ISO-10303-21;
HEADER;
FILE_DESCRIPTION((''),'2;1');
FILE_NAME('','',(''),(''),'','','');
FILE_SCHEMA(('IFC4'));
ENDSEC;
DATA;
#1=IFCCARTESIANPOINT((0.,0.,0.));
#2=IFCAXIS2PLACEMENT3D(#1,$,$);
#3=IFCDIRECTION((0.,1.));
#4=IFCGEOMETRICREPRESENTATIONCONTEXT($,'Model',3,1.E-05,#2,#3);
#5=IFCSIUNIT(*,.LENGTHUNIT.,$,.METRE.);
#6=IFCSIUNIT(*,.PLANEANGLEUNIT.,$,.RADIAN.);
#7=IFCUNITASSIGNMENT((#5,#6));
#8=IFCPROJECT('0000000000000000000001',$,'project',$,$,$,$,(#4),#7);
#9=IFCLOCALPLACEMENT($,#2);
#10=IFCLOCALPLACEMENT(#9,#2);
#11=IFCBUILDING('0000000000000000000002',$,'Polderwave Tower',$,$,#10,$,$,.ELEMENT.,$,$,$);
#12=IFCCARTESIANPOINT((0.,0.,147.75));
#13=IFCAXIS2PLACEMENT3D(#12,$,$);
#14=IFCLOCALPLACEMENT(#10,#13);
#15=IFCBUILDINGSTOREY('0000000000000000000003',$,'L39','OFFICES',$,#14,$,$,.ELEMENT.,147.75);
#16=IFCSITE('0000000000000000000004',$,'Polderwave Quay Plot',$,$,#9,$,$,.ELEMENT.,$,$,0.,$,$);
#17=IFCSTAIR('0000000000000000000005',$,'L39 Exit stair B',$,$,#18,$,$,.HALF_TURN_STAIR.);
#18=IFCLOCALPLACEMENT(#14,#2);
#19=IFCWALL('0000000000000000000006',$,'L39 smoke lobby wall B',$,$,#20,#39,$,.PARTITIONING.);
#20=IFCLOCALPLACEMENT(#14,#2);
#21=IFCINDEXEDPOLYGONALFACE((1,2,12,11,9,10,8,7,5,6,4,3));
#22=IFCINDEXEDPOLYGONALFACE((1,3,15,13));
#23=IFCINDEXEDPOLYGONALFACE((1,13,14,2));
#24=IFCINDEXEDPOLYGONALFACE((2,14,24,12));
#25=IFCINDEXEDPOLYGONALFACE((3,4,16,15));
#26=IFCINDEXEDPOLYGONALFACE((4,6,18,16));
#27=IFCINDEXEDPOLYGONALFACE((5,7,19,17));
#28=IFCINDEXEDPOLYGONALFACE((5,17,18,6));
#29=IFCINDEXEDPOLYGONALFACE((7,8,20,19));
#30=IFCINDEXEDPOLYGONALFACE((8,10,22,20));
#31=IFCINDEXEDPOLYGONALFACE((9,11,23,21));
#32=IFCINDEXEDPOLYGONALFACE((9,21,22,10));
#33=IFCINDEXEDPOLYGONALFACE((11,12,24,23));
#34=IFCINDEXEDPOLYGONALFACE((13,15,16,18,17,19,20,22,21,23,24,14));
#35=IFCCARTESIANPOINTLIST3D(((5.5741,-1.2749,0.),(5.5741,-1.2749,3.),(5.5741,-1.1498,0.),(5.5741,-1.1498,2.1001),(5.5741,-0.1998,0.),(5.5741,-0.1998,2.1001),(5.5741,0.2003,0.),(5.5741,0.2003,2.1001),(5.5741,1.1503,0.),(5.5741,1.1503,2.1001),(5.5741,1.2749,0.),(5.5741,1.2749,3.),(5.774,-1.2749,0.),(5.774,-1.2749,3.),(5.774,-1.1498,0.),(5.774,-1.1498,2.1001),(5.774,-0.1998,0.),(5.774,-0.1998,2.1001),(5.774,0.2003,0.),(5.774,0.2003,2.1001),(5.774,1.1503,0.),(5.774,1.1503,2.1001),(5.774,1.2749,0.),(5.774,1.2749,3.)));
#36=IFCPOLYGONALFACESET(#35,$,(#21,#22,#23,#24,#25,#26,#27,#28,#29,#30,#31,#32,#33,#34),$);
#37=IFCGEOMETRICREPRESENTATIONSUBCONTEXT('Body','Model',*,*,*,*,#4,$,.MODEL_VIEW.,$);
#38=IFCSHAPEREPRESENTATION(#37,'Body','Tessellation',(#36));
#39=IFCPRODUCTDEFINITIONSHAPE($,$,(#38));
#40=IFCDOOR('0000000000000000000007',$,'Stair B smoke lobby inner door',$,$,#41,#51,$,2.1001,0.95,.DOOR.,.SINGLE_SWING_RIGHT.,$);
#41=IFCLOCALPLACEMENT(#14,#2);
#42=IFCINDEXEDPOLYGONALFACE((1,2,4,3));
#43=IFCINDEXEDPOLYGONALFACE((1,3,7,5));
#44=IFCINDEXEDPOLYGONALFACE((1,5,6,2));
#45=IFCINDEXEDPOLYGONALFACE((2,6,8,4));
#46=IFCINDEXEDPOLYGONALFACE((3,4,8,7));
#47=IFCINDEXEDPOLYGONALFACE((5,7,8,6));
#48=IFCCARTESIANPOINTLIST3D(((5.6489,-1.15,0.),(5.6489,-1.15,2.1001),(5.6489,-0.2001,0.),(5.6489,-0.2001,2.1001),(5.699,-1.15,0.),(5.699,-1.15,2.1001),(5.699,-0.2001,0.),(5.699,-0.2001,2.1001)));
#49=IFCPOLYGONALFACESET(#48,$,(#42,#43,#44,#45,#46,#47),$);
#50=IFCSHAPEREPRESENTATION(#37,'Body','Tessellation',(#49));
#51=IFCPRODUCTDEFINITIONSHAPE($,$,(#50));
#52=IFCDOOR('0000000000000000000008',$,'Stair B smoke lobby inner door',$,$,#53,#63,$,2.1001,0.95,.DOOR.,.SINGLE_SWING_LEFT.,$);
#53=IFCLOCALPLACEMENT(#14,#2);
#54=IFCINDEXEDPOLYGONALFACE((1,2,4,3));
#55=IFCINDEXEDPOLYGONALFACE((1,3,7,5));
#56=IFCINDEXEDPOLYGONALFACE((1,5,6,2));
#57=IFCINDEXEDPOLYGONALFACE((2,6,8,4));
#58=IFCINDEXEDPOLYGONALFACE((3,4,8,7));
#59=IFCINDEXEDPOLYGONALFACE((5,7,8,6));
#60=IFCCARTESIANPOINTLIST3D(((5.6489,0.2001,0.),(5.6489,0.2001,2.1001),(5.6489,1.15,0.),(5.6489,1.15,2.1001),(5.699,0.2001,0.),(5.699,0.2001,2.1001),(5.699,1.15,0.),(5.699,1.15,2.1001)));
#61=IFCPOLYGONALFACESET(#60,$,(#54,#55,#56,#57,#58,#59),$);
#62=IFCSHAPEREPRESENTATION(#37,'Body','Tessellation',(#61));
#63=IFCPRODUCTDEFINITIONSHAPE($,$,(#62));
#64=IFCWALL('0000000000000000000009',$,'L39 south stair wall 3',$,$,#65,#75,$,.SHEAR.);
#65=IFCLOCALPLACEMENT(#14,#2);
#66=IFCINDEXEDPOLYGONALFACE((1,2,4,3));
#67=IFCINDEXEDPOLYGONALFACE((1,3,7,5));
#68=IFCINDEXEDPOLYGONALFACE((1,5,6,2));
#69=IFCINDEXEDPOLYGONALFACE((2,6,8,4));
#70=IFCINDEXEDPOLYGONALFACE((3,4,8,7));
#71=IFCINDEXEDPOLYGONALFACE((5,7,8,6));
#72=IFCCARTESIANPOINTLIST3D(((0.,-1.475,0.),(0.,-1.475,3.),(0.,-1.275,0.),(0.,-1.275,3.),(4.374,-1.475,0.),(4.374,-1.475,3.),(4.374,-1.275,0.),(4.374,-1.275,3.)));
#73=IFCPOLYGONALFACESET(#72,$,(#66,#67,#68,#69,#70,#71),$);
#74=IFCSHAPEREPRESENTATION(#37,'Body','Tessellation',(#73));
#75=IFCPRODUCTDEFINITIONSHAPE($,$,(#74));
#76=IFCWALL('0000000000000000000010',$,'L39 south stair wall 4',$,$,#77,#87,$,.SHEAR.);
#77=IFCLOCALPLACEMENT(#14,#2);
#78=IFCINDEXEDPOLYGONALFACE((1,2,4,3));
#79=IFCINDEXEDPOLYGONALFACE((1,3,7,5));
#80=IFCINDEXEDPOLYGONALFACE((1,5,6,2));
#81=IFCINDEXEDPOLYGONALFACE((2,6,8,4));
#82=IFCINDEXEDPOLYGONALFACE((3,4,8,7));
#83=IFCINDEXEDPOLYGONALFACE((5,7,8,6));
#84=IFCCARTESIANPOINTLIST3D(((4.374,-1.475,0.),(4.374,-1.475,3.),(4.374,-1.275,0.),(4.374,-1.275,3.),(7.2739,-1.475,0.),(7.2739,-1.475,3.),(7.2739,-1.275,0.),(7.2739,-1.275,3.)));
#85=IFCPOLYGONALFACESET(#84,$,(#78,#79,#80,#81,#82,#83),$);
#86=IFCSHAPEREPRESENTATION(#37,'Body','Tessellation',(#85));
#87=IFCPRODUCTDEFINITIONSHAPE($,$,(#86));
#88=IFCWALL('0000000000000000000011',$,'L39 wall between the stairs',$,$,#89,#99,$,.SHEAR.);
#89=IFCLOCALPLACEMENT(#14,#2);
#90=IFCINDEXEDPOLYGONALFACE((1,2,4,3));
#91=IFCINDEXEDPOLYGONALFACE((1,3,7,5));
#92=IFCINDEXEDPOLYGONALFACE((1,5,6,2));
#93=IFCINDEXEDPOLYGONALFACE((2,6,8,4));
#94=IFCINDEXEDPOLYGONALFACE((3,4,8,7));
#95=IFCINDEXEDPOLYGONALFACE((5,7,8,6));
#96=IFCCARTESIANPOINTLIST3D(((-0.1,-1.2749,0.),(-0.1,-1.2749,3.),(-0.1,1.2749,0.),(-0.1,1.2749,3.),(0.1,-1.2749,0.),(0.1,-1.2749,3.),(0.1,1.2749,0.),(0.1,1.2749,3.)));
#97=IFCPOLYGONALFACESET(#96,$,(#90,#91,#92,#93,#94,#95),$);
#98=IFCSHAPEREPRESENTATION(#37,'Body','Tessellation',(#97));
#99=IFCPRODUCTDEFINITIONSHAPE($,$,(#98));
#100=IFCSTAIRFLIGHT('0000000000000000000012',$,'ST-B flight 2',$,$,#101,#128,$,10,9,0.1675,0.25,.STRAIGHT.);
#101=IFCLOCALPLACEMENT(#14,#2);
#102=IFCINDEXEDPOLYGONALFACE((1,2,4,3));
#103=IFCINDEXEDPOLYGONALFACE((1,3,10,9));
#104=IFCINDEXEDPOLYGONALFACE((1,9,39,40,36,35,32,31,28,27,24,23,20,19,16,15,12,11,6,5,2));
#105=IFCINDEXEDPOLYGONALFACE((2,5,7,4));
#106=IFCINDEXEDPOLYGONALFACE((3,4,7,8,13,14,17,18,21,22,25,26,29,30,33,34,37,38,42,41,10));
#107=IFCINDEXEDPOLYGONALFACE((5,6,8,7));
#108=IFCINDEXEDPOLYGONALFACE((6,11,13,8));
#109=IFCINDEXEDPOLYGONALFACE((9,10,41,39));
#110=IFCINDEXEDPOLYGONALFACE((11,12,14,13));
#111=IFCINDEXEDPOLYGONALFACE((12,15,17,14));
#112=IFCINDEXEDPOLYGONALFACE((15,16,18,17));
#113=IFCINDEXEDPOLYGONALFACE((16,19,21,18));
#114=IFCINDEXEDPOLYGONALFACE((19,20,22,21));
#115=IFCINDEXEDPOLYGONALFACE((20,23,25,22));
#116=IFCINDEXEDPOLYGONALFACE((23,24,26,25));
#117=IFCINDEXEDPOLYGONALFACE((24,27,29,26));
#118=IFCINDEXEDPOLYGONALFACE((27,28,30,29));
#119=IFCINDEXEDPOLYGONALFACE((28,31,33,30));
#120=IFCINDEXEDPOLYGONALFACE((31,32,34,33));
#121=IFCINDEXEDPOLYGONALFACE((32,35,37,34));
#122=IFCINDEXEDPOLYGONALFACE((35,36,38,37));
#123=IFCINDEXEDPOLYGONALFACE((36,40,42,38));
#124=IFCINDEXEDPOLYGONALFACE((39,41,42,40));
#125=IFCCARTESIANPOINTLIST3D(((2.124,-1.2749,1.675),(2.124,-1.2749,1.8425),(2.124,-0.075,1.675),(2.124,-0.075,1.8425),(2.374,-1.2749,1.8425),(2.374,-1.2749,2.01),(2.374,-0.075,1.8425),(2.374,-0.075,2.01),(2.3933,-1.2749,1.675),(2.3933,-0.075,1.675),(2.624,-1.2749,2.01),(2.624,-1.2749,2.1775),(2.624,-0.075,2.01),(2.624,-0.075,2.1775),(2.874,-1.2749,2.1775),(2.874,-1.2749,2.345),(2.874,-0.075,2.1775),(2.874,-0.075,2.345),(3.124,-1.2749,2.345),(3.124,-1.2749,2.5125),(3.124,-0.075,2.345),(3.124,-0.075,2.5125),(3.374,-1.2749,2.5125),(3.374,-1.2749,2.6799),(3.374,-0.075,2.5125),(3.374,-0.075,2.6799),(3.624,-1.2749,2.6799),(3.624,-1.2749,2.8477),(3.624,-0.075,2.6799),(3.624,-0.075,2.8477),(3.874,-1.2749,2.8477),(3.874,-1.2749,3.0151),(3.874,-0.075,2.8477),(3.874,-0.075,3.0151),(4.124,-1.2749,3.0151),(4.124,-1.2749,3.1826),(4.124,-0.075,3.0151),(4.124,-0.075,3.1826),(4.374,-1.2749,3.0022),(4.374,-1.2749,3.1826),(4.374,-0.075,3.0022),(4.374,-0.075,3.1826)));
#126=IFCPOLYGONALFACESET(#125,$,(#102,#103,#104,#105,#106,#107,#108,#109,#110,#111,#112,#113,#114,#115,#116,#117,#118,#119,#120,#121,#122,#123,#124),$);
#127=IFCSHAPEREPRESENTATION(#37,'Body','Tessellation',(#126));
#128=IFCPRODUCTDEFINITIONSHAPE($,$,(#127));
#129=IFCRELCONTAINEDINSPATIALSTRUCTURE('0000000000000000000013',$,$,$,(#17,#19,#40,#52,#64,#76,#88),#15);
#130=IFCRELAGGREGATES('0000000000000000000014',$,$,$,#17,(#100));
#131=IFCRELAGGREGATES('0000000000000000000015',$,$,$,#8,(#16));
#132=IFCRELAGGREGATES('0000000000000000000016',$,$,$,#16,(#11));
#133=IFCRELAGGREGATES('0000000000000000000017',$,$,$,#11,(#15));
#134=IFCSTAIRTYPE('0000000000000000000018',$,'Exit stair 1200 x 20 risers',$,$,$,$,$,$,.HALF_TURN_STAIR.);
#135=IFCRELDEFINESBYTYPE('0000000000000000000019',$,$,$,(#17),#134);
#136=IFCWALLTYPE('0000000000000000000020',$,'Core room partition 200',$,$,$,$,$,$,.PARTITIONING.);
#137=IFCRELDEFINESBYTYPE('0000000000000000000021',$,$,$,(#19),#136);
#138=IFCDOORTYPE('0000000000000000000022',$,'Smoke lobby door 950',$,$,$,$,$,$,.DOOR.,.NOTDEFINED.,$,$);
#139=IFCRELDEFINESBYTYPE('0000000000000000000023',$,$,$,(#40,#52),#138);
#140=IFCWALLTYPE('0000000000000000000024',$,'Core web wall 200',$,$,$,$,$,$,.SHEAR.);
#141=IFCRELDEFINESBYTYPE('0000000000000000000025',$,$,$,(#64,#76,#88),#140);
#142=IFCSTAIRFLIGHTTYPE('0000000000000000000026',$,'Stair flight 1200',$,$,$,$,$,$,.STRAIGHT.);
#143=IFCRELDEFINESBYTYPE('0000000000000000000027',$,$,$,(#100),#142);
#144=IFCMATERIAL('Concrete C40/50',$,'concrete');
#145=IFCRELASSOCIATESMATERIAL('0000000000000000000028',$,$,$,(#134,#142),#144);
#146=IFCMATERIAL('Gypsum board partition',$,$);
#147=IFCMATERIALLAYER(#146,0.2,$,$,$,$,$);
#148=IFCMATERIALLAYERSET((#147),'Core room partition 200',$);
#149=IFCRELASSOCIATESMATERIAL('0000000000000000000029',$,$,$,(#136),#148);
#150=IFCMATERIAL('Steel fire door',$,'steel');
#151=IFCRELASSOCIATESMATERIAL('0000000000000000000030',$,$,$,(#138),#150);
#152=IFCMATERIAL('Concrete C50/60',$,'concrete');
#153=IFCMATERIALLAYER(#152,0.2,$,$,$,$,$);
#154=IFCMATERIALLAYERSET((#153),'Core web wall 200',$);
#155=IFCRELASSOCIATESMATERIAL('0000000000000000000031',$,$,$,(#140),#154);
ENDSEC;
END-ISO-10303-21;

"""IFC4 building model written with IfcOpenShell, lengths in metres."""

from ifc_helpers import new_model, si_unit, direction, frame, frame_2d, origin, place, context, subcontext, project, spatial, polyline, rectangle, outline, extrude, material, layer, layer_set, type_object, element, fill, aggregate, save


model = new_model("IFC4")

# Units and contexts
model_context = context("Model", 3, precision=1e-05, world=origin(), true_north=direction((0.0, 1.0)))
body_context = subcontext(model_context, "Body", "Model", "MODEL_VIEW")
ifc_project = project(units=[si_unit("LENGTHUNIT", "METRE"), si_unit("PLANEANGLEUNIT", "RADIAN")], contexts=[model_context])

# Site, building, storey
site_placement = place(None, origin())
site = spatial("IfcSite", under=ifc_project, at=site_placement, Name="Polderwave Quay Plot", CompositionType="ELEMENT", RefElevation=0.0)
building_placement = place(site_placement, origin())
building = spatial("IfcBuilding", under=site, at=building_placement, Name="Polderwave Tower", CompositionType="ELEMENT")
storey_placement = place(building_placement, frame((0.0, 0.0, 147.75)))
storey = spatial("IfcBuildingStorey", under=building, at=storey_placement, Name="L39", Description="OFFICES", CompositionType="ELEMENT", Elevation=147.75)

# Shared definitions
ifc_material_1 = material(Name="Concrete C40/50", Category="concrete")

# Stair
stair_type = type_object("IfcStairType", Name="Exit stair 1200 x 20 risers", PredefinedType="HALF_TURN_STAIR", material=ifc_material_1)
stair_1_placement = place(storey_placement, origin())
stair_1 = element("IfcStair", 1, at=stair_1_placement, inside=storey, type_object=stair_type, Name="L39 Exit stair B", PredefinedType="HALF_TURN_STAIR")

# Wall, openings, doors
ifc_material_2 = material(Name="Gypsum board partition")
ifc_layer_1 = layer(ifc_material_2, 0.2)
ifc_layer_set_1 = layer_set([ifc_layer_1], Name="Core room partition 200")
wall_type_1 = type_object("IfcWallType", Name="Core room partition 200", PredefinedType="PARTITIONING", material=ifc_layer_set_1)
wall_1_placement = place(storey_placement, frame((5.6741, -1.2749, 0.0), z_axis=(0.0, 0.0, 1.0), x_axis=(0.0, 1.0, 0.0)))
wall_1 = element("IfcWall", 2, at=wall_1_placement, inside=storey, type_object=wall_type_1, Name="L39 smoke lobby wall B", PredefinedType="PARTITIONING", context=body_context, shape_type="SweptSolid", body=[
    extrude(rectangle(XDim=2.5498, YDim=0.2, at=frame_2d((1.2749, 0.0))), origin(), (0.0, 0.0, 1.0), 3.0),
])
opening_1_placement = place(wall_1_placement, frame((0.125, 0.0, 0.0)))
opening_1 = element("IfcOpeningElement", 3, at=opening_1_placement, cuts=wall_1, PredefinedType="OPENING", context=body_context, shape_type="SweptSolid", body=[
    extrude(rectangle(XDim=0.95, YDim=2.1001, at=frame_2d((0.4751, 1.05))), frame((0.0, 0.1099, 0.0), z_axis=(0.0, -1.0, 0.0), x_axis=(1.0, 0.0, 0.0)), (0.0, 0.0, 1.0), 0.22),
])
opening_2_placement = place(wall_1_placement, frame((1.4751, 0.0, 0.0)))
opening_2 = element("IfcOpeningElement", 4, at=opening_2_placement, cuts=wall_1, PredefinedType="OPENING", context=body_context, shape_type="SweptSolid", body=[
    extrude(rectangle(XDim=0.95, YDim=2.1001, at=frame_2d((0.4751, 1.05))), frame((0.0, 0.1099, 0.0), z_axis=(0.0, -1.0, 0.0), x_axis=(1.0, 0.0, 0.0)), (0.0, 0.0, 1.0), 0.22),
])
ifc_material_3 = material(Name="Steel fire door", Category="steel")
door_type = type_object("IfcDoorType", Name="Smoke lobby door 950", OperationType="NOTDEFINED", PredefinedType="DOOR", material=ifc_material_3)
door_1_placement = place(opening_1_placement, frame((0.95, 0.0, 0.0), z_axis=(0.0, 0.0, 1.0), x_axis=(-1.0, 0.0, 0.0)))
door_1 = element("IfcDoor", 5, at=door_1_placement, inside=storey, type_object=door_type, Name="Stair B smoke lobby inner door", OperationType="SINGLE_SWING_RIGHT", OverallHeight=2.1001, OverallWidth=0.95, PredefinedType="DOOR", context=body_context, shape_type="SweptSolid", body=[
    extrude(rectangle(XDim=0.95, YDim=2.1001, at=frame_2d((0.4751, 1.05))), frame((0.0, 0.0249, 0.0), z_axis=(0.0, -1.0, 0.0), x_axis=(1.0, 0.0, 0.0)), (0.0, 0.0, 1.0), 0.05),
])
fill(opening_1, door_1)
door_2_placement = place(opening_2_placement, frame((0.95, 0.0, 0.0), z_axis=(0.0, 0.0, 1.0), x_axis=(-1.0, 0.0, 0.0)))
door_2 = element("IfcDoor", 6, at=door_2_placement, inside=storey, type_object=door_type, Name="Stair B smoke lobby inner door", OperationType="SINGLE_SWING_LEFT", OverallHeight=2.1001, OverallWidth=0.95, PredefinedType="DOOR", context=body_context, shape_type="SweptSolid", body=[
    extrude(rectangle(XDim=0.95, YDim=2.1001, at=frame_2d((0.4751, 1.05))), frame((0.0, 0.0249, 0.0), z_axis=(0.0, -1.0, 0.0), x_axis=(1.0, 0.0, 0.0)), (0.0, 0.0, 1.0), 0.05),
])
fill(opening_2, door_2)

# Walls
ifc_material_4 = material(Name="Concrete C50/60", Category="concrete")
ifc_layer_2 = layer(ifc_material_4, 0.2)
ifc_layer_set_2 = layer_set([ifc_layer_2], Name="Core web wall 200")
wall_type_2 = type_object("IfcWallType", Name="Core web wall 200", PredefinedType="SHEAR", material=ifc_layer_set_2)
wall_2_placement = place(storey_placement, frame((0.0, -1.375, 0.0), z_axis=(0.0, 0.0, 1.0), x_axis=(1.0, 0.0, 0.0)))
element("IfcWall", 7, at=wall_2_placement, inside=storey, type_object=wall_type_2, Name="L39 south stair wall 3", PredefinedType="SHEAR", context=body_context, shape_type="SweptSolid", body=[
    extrude(rectangle(XDim=4.374, YDim=0.2, at=frame_2d((2.187, 0.0))), origin(), (0.0, 0.0, 1.0), 3.0),
])
wall_3_placement = place(storey_placement, frame((4.374, -1.375, 0.0), z_axis=(0.0, 0.0, 1.0), x_axis=(1.0, 0.0, 0.0)))
element("IfcWall", 8, at=wall_3_placement, inside=storey, type_object=wall_type_2, Name="L39 south stair wall 4", PredefinedType="SHEAR", context=body_context, shape_type="SweptSolid", body=[
    extrude(rectangle(XDim=2.8999, YDim=0.2, at=frame_2d((1.45, 0.0))), origin(), (0.0, 0.0, 1.0), 3.0),
])
wall_4_placement = place(storey_placement, frame((0.0, -1.2749, 0.0), z_axis=(0.0, 0.0, 1.0), x_axis=(0.0, 1.0, 0.0)))
element("IfcWall", 9, at=wall_4_placement, inside=storey, type_object=wall_type_2, Name="L39 wall between the stairs", PredefinedType="SHEAR", context=body_context, shape_type="SweptSolid", body=[
    extrude(rectangle(XDim=2.5498, YDim=0.2, at=frame_2d((1.2749, 0.0))), origin(), (0.0, 0.0, 1.0), 3.0),
])

# Stair flight
stair_flight_type = type_object("IfcStairFlightType", Name="Stair flight 1200", PredefinedType="STRAIGHT", material=ifc_material_1)
stair_flight_placement = place(storey_placement, frame((2.124, -0.675, 1.675), z_axis=(0.0, 0.0, 1.0), x_axis=(1.0, 0.0, 0.0)))
stair_flight = element("IfcStairFlight", 10, at=stair_flight_placement, type_object=stair_flight_type, Name="ST-B flight 2", NumberOfRisers=10, NumberOfTreads=9, PredefinedType="STRAIGHT", RiserHeight=0.1675, TreadLength=0.25, context=body_context, shape_type="SweptSolid", body=[
    extrude(outline(polyline([(0.0, 0.0), (0.0, 0.1675), (0.25, 0.1675), (0.25, 0.335), (0.5, 0.335), (0.5, 0.5024), (0.75, 0.5024), (0.75, 0.6699), (1.0, 0.6699), (1.0, 0.8374), (1.25, 0.8374), (1.25, 1.0049), (1.5, 1.0049), (1.5, 1.1726), (1.75, 1.1726), (1.75, 1.3401), (2.0, 1.3401), (2.0, 1.5076), (2.25, 1.5076), (2.25, 1.675), (2.25, 1.3271), (0.2693, 0.0), (0.0, 0.0)])), frame((0.0, 0.6001, 0.0), z_axis=(0.0, -1.0, 0.0), x_axis=(1.0, 0.0, 0.0)), (0.0, 0.0, 1.0), 1.2),
])
aggregate(stair_1, [stair_flight])

save(model, "model.ifc")
